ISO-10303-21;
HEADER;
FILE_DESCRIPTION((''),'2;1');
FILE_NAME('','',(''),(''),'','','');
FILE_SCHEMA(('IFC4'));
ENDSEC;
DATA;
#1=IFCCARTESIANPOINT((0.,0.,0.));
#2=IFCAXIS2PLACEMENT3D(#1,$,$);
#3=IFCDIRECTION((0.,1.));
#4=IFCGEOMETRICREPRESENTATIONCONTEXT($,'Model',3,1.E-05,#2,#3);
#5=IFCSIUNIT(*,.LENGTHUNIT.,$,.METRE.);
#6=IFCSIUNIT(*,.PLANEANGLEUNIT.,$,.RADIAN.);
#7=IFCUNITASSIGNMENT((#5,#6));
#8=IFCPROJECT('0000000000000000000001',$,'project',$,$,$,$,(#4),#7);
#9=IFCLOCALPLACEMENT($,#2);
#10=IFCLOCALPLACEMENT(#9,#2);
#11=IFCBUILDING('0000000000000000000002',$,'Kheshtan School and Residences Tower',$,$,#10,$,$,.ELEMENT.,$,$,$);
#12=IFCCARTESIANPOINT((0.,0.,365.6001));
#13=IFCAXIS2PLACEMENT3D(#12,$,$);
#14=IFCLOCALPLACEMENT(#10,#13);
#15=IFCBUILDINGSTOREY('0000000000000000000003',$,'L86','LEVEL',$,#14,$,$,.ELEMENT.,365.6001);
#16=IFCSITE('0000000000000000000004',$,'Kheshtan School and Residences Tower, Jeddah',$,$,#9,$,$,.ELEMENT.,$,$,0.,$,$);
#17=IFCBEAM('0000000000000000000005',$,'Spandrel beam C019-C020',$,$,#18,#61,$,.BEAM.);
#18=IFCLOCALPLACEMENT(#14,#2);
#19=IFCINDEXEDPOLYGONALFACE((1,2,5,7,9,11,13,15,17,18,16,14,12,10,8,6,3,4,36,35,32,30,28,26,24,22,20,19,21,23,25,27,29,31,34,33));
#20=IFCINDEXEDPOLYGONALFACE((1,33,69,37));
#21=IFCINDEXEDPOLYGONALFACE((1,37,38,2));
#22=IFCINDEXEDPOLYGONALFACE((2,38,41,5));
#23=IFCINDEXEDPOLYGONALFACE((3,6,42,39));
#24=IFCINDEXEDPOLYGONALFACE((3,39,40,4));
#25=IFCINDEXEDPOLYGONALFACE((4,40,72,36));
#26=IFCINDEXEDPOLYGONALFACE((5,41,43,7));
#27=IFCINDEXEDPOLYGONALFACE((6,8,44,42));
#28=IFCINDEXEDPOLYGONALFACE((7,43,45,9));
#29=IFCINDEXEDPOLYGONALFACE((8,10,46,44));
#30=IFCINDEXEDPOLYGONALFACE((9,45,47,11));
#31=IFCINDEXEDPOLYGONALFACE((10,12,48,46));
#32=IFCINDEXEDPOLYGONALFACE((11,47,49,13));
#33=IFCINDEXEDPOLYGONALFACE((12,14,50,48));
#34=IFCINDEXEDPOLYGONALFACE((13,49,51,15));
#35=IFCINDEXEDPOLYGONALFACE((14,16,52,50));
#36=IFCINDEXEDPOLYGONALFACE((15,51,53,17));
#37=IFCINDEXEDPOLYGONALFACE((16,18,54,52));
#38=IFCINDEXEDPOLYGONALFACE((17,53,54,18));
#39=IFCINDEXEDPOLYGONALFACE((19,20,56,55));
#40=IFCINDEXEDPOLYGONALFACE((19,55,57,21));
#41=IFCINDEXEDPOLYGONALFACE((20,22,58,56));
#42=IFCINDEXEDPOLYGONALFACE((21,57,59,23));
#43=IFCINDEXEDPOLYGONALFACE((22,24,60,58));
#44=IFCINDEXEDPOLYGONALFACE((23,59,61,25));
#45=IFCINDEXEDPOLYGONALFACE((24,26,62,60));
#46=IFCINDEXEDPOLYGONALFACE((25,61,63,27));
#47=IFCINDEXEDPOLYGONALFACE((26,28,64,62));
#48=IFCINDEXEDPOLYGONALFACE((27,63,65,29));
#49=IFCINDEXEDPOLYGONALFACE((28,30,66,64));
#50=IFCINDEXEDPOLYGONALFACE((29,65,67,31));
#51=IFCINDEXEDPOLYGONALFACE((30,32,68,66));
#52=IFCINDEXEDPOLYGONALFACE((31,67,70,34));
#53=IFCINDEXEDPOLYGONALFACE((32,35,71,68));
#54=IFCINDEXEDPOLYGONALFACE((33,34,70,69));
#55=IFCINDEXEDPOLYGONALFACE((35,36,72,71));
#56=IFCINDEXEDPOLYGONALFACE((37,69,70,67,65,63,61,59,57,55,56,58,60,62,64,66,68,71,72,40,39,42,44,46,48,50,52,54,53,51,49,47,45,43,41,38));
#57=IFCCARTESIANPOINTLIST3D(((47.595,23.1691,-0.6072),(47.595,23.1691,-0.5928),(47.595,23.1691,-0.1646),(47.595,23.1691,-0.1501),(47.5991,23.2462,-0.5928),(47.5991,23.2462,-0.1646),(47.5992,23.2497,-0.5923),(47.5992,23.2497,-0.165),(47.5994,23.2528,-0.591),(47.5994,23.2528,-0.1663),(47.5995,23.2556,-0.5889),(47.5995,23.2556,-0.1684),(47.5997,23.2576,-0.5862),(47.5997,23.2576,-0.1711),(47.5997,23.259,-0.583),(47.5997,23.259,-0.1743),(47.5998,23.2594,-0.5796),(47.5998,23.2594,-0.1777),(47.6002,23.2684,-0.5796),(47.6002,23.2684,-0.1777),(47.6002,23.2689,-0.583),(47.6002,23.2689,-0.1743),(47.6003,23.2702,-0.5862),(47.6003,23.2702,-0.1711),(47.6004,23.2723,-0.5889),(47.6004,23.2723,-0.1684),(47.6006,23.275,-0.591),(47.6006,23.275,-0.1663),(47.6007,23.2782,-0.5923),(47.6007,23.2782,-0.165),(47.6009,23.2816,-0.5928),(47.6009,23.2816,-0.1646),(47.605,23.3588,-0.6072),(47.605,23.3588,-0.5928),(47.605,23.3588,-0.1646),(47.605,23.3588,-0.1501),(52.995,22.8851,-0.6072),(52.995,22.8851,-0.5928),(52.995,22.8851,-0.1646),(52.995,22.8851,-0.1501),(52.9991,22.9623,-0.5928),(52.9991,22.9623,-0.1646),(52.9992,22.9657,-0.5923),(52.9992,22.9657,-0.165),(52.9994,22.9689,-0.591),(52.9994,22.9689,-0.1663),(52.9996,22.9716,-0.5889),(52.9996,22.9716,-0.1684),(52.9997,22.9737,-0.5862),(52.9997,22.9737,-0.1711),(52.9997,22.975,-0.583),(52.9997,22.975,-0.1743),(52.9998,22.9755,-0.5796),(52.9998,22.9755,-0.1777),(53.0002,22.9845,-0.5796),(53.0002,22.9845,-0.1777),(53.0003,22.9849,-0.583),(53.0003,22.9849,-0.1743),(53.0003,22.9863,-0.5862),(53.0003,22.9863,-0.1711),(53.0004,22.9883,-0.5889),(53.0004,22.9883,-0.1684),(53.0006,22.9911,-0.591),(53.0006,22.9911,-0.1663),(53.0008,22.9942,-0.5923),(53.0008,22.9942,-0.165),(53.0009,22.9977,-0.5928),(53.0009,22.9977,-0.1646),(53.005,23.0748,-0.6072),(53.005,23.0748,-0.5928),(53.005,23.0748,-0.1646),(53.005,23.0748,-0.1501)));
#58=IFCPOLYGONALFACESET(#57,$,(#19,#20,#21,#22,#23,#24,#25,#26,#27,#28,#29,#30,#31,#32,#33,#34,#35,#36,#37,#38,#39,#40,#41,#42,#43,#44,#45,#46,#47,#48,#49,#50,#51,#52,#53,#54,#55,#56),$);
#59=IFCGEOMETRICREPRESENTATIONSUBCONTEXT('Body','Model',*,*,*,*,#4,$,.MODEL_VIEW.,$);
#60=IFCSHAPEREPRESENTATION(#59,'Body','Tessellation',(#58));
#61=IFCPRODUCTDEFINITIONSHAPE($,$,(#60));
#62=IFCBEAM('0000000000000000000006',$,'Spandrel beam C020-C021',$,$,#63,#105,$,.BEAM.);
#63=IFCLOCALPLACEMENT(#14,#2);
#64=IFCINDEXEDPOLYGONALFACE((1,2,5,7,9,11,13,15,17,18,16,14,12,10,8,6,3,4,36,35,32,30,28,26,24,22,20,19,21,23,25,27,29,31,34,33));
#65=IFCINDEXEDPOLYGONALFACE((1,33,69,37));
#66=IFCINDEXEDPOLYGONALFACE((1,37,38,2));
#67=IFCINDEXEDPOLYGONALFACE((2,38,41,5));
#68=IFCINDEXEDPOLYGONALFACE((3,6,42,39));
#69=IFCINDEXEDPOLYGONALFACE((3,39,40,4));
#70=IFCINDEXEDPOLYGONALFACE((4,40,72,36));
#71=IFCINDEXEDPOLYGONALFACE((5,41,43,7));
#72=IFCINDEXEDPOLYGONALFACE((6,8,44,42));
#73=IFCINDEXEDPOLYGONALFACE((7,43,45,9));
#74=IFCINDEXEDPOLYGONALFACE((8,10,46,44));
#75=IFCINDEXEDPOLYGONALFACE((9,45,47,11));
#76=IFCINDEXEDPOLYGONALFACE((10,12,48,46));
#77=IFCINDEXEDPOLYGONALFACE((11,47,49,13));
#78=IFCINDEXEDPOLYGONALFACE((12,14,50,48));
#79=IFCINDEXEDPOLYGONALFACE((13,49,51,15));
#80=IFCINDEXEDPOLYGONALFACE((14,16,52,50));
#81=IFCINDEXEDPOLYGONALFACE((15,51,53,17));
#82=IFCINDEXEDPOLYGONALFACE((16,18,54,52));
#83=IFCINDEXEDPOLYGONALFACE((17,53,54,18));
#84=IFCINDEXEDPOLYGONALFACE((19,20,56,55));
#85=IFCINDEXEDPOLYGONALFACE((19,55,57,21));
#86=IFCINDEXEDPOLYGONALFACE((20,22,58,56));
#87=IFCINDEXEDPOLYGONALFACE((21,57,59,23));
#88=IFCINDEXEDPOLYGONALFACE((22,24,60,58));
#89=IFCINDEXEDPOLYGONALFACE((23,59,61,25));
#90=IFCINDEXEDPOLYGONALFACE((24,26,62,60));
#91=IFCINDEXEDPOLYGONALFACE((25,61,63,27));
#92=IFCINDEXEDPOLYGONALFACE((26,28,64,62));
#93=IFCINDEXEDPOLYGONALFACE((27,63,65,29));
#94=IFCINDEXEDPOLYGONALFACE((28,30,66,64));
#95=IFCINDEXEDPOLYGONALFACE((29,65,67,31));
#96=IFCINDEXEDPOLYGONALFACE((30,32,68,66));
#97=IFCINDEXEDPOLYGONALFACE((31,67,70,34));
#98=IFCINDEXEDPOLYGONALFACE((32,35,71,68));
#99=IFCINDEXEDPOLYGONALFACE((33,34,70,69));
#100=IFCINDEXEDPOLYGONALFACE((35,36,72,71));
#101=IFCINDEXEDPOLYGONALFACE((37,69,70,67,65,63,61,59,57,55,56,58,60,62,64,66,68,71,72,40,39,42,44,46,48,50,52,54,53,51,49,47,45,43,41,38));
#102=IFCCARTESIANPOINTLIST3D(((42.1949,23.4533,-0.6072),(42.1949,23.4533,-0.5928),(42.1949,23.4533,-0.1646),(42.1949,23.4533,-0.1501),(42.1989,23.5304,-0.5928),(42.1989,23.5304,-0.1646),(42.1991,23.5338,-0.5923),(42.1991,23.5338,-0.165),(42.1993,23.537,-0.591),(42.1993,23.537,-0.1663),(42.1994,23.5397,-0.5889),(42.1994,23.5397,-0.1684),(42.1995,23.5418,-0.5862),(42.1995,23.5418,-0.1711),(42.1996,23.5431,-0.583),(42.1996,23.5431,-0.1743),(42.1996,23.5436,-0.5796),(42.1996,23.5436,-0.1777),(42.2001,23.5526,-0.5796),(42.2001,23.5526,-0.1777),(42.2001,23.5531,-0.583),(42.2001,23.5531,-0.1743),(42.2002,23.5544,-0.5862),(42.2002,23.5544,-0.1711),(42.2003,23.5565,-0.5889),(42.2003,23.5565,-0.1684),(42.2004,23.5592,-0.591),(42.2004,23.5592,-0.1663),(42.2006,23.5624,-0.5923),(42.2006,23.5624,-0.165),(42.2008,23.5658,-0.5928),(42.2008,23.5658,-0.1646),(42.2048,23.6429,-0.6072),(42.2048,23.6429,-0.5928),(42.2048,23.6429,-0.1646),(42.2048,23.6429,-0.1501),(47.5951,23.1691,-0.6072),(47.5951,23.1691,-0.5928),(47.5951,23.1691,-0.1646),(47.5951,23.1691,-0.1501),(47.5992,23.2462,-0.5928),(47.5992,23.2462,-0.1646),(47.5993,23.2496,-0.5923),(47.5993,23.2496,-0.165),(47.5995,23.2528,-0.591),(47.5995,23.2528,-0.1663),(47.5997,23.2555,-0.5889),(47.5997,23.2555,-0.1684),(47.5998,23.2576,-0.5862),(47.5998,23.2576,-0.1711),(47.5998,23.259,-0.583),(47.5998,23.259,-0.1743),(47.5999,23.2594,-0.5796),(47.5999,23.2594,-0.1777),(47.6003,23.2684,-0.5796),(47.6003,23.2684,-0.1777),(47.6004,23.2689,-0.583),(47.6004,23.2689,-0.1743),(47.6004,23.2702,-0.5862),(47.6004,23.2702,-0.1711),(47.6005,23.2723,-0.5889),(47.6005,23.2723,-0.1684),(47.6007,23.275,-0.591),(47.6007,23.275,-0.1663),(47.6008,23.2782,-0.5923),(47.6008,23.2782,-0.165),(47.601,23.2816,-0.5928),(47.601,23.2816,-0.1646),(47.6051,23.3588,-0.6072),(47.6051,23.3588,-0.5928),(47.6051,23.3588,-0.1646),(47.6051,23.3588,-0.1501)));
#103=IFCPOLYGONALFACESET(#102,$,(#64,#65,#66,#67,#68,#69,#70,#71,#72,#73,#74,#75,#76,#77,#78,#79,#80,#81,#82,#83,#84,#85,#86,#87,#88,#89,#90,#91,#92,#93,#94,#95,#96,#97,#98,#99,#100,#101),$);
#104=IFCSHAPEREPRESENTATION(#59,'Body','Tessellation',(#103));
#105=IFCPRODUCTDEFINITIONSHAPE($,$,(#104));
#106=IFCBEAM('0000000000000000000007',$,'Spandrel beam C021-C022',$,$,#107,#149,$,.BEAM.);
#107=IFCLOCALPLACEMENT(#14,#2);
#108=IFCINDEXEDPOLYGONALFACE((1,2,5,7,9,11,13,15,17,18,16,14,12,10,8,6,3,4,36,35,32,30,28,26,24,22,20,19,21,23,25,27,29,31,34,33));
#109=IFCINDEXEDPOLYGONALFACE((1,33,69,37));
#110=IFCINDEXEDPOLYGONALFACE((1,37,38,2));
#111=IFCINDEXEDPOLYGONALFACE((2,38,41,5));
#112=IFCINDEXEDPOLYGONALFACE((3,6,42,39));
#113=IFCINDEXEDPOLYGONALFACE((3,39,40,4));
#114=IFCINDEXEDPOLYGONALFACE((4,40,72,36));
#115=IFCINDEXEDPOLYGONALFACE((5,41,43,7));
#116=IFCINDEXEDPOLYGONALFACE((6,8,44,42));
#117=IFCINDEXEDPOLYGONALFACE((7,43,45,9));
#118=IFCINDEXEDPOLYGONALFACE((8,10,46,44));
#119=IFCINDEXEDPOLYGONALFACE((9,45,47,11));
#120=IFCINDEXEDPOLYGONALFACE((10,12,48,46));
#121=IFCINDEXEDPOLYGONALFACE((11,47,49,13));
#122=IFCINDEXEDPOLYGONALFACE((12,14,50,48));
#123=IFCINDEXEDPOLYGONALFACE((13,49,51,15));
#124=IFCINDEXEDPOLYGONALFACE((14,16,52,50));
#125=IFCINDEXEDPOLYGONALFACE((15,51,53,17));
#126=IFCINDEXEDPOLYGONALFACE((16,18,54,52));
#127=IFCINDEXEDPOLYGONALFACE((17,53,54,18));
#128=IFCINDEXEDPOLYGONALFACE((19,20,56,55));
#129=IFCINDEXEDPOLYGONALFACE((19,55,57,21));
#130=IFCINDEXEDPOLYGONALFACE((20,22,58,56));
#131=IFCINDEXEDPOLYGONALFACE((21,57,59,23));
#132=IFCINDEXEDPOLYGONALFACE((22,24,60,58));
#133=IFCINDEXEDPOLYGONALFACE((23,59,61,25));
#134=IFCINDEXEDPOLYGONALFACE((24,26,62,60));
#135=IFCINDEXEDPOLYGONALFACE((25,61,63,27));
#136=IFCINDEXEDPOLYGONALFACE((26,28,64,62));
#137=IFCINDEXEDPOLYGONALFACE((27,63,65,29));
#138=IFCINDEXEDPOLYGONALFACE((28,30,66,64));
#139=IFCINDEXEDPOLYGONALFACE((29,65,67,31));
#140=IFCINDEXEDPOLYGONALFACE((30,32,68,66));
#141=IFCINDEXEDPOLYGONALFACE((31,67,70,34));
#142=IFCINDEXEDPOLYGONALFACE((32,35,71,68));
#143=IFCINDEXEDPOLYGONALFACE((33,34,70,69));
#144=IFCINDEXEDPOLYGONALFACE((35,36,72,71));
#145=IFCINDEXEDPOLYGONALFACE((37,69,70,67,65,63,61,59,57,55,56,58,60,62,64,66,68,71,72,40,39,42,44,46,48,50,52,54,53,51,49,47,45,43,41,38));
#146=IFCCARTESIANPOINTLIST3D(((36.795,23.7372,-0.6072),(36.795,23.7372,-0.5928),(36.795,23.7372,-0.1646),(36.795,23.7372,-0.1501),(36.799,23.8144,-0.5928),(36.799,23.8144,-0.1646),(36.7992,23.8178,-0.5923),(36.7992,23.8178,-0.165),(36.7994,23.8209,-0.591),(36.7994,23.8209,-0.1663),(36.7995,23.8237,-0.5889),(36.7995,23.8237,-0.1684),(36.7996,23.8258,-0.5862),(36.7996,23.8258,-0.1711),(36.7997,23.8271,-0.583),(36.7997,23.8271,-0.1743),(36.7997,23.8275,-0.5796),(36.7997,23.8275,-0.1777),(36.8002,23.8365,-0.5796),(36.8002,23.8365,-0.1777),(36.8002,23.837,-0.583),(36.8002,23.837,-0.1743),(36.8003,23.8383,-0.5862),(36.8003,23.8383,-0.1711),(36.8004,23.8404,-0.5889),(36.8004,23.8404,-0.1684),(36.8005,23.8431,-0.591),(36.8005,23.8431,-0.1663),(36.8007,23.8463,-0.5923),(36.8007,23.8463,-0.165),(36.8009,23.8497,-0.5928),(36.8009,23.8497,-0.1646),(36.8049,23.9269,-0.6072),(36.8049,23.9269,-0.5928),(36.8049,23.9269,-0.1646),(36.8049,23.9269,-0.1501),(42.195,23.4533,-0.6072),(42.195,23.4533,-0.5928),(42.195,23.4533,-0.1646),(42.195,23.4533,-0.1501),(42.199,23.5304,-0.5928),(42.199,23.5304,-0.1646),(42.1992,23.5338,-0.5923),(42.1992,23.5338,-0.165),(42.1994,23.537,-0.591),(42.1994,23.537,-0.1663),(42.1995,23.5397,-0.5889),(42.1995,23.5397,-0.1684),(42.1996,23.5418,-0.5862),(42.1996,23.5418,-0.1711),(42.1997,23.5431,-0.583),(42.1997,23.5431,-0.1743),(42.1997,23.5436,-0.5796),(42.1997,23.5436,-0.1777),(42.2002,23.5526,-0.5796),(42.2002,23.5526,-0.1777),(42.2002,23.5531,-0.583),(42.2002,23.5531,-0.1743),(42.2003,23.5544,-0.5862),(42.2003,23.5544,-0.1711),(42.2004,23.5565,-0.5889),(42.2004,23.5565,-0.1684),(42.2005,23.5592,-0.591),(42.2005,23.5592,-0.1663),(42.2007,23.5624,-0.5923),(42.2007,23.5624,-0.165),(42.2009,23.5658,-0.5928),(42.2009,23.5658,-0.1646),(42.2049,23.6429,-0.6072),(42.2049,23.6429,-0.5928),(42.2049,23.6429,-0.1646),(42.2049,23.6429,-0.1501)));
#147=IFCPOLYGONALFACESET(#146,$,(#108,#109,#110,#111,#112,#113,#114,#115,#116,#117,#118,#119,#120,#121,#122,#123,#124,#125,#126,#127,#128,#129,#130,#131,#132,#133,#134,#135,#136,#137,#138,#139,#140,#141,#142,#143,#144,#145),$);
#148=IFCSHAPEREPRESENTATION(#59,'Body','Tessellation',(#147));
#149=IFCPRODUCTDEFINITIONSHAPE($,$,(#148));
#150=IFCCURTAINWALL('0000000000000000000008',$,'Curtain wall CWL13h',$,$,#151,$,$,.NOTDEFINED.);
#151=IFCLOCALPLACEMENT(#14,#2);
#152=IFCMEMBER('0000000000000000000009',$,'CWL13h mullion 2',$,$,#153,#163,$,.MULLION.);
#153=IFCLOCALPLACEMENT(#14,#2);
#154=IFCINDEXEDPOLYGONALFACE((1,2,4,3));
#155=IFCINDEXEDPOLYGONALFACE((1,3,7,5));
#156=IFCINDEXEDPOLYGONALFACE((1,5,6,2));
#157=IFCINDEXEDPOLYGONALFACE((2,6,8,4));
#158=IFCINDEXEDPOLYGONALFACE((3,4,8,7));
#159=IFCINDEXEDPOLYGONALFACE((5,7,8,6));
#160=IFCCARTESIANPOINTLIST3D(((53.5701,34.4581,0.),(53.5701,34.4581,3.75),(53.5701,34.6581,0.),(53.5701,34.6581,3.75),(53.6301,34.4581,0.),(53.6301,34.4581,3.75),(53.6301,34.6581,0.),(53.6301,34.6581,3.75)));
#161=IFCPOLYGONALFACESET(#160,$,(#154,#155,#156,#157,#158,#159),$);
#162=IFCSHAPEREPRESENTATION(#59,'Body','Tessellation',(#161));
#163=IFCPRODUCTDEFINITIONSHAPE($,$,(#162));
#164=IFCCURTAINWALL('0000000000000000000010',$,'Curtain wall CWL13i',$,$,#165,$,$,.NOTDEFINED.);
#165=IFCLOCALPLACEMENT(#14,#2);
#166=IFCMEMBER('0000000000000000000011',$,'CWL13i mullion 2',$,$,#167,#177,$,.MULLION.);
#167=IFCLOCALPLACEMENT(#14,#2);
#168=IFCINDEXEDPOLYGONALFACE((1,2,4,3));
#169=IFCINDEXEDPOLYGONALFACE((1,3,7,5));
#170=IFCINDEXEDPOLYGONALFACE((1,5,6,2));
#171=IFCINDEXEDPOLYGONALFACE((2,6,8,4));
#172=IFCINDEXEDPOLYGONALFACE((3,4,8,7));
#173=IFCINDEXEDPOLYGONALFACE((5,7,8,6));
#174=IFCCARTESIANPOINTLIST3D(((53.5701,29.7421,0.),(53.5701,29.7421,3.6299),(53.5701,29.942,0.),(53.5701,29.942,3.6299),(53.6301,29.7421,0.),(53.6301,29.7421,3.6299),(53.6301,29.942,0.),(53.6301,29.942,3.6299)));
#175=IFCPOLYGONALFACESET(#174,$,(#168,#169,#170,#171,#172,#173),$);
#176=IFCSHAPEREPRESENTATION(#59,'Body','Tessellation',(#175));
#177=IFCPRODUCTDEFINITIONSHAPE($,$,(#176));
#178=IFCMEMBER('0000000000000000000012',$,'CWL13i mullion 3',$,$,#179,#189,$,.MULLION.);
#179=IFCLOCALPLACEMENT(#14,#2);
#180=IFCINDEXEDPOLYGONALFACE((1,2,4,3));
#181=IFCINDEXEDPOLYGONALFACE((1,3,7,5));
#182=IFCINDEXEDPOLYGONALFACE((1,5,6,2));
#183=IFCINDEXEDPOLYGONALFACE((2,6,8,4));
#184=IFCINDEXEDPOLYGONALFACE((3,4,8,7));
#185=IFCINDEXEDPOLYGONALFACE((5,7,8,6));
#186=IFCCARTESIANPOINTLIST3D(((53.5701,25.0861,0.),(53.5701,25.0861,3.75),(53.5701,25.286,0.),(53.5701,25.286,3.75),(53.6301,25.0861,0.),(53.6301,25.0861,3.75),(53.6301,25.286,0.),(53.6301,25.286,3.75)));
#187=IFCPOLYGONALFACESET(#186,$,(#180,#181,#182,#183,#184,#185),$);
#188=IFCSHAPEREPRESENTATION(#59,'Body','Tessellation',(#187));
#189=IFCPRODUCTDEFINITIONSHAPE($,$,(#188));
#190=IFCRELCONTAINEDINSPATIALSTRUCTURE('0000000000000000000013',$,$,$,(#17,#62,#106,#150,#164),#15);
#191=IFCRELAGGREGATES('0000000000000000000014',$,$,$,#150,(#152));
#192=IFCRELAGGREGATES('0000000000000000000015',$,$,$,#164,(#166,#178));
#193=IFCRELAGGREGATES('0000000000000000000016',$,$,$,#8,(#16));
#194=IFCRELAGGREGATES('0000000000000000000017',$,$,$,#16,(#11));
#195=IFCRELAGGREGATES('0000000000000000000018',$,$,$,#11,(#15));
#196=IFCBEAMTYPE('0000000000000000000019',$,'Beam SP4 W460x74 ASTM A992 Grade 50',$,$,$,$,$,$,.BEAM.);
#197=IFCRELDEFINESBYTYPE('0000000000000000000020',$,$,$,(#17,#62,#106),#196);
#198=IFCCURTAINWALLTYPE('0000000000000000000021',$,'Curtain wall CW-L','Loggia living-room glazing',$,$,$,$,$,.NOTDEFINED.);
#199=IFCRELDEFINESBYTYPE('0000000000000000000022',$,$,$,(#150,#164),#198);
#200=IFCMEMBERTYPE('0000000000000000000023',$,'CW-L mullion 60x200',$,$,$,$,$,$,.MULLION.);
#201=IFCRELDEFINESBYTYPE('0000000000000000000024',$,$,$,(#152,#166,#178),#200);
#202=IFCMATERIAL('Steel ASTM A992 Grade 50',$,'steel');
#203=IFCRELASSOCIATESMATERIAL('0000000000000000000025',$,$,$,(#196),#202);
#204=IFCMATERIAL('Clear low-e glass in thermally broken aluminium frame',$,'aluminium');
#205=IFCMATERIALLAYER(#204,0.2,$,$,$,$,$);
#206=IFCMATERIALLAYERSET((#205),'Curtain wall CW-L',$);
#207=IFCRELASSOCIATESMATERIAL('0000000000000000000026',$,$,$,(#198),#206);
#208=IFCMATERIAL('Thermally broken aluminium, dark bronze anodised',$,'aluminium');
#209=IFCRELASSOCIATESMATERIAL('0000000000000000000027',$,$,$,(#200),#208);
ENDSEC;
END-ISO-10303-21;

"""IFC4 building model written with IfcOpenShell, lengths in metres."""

from ifc_helpers import new_model, si_unit, direction, frame, origin, origin_2d, place, context, subcontext, project, spatial, rectangle, i_section, extrude, material, layer, layer_set, material_profile, profile_set, type_object, element, aggregate, save


model = new_model("IFC4")

# Units and contexts
model_context = context("Model", 3, precision=1e-05, world=origin(), true_north=direction((0.0, 1.0)))
body_context = subcontext(model_context, "Body", "Model", "MODEL_VIEW")
ifc_project = project(units=[si_unit("LENGTHUNIT", "METRE"), si_unit("PLANEANGLEUNIT", "RADIAN")], contexts=[model_context])

# Site, building, storey
site_placement = place(None, origin())
site = spatial("IfcSite", under=ifc_project, at=site_placement, Name="Kheshtan School and Residences Tower, Jeddah", CompositionType="ELEMENT", RefElevation=0.0)
building_placement = place(site_placement, origin())
building = spatial("IfcBuilding", under=site, at=building_placement, Name="Kheshtan School and Residences Tower", CompositionType="ELEMENT")
storey_placement = place(building_placement, frame((0.0, 0.0, 365.6001)))
storey = spatial("IfcBuildingStorey", under=building, at=storey_placement, Name="L86", Description="LEVEL", CompositionType="ELEMENT", Elevation=365.6001)

# Shared definitions
ifc_material_1 = material(Name="Steel ASTM A992 Grade 50", Category="steel")

# Beams
ifc_material_profile_1 = material_profile(ifc_material_1, i_section(OverallWidth=0.1899, OverallDepth=0.457, WebThickness=0.009, FlangeThickness=0.0144, FilletRadius=0.0132, at=origin_2d()), Name="W460x74")
ifc_profile_set_1 = profile_set([ifc_material_profile_1], Name="Steel ASTM A992 Grade 50")
beam_type_1 = type_object("IfcBeamType", Name="Beam SP4 W460x74 ASTM A992 Grade 50", PredefinedType="BEAM", material=ifc_profile_set_1)
beam_1_placement = place(storey_placement, frame((53.0, 22.98, -0.3787), z_axis=(-0.99862, 0.052509, 0.0), x_axis=(-0.052509, -0.99862, 0.0)))
element("IfcBeam", 1, at=beam_1_placement, inside=storey, type_object=beam_type_1, Name="Spandrel beam C019-C020", PredefinedType="BEAM", context=body_context, shape_type="SweptSolid", body=[
    extrude(i_section(OverallWidth=0.1899, OverallDepth=0.457, WebThickness=0.009, FlangeThickness=0.0144, FilletRadius=0.0132, at=origin_2d()), origin(), (0.0, 0.0, 1.0), 5.4075),
])
beam_2_placement = place(storey_placement, frame((47.6001, 23.2639, -0.3787), z_axis=(-0.998618, 0.052552, 0.0), x_axis=(-0.052552, -0.998618, 0.0)))
element("IfcBeam", 2, at=beam_2_placement, inside=storey, type_object=beam_type_1, Name="Spandrel beam C020-C021", PredefinedType="BEAM", context=body_context, shape_type="SweptSolid", body=[
    extrude(i_section(OverallWidth=0.1899, OverallDepth=0.457, WebThickness=0.009, FlangeThickness=0.0144, FilletRadius=0.0132, at=origin_2d()), origin(), (0.0, 0.0, 1.0), 5.4077),
])
beam_3_placement = place(storey_placement, frame((42.2, 23.5481, -0.3787), z_axis=(-0.99862, 0.052509, 0.0), x_axis=(-0.052509, -0.99862, 0.0)))
element("IfcBeam", 3, at=beam_3_placement, inside=storey, type_object=beam_type_1, Name="Spandrel beam C021-C022", PredefinedType="BEAM", context=body_context, shape_type="SweptSolid", body=[
    extrude(i_section(OverallWidth=0.1899, OverallDepth=0.457, WebThickness=0.009, FlangeThickness=0.0144, FilletRadius=0.0132, at=origin_2d()), origin(), (0.0, 0.0, 1.0), 5.4075),
])

# Curtain wall, member
ifc_material_2 = material(Name="Clear low-e glass in thermally broken aluminium frame", Category="aluminium")
ifc_layer_1 = layer(ifc_material_2, 0.2)
ifc_layer_set_1 = layer_set([ifc_layer_1], Name="Curtain wall CW-L")
curtain_wall_type = type_object("IfcCurtainWallType", Name="Curtain wall CW-L", Description="Loggia living-room glazing", PredefinedType="NOTDEFINED", material=ifc_layer_set_1)
curtain_wall_1_placement = place(storey_placement, origin())
curtain_wall_1 = element("IfcCurtainWall", 4, at=curtain_wall_1_placement, inside=storey, type_object=curtain_wall_type, Name="Curtain wall CWL13h", PredefinedType="NOTDEFINED")
ifc_material_3 = material(Name="Thermally broken aluminium, dark bronze anodised", Category="aluminium")
ifc_material_profile_2 = material_profile(ifc_material_3, rectangle(XDim=0.0601, YDim=0.2, at=origin_2d()), Name="CW-L mullion 60x200")
ifc_profile_set_2 = profile_set([ifc_material_profile_2], Name="Thermally broken aluminium, dark bronze anodised")
member_type_1 = type_object("IfcMemberType", Name="CW-L mullion 60x200", PredefinedType="MULLION", material=ifc_profile_set_2)
member_1_placement = place(storey_placement, frame((53.6001, 34.5581, 0.0), z_axis=(0.0, 0.0, 1.0), x_axis=(1.0, 0.0, 0.0)))
member_1 = element("IfcMember", 5, at=member_1_placement, type_object=member_type_1, Name="CWL13h mullion 2", PredefinedType="MULLION", context=body_context, shape_type="SweptSolid", body=[
    extrude(rectangle(XDim=0.0601, YDim=0.2, at=origin_2d()), origin(), (0.0, 0.0, 1.0), 3.75),
])

# Curtain wall, members
curtain_wall_2_placement = place(storey_placement, origin())
curtain_wall_2 = element("IfcCurtainWall", 6, at=curtain_wall_2_placement, inside=storey, type_object=curtain_wall_type, Name="Curtain wall CWL13i", PredefinedType="NOTDEFINED")
member_2_placement = place(storey_placement, frame((53.6001, 29.842, 0.0), z_axis=(0.0, 0.0, 1.0), x_axis=(1.0, 0.0, 0.0)))
member_2 = element("IfcMember", 7, at=member_2_placement, type_object=member_type_1, Name="CWL13i mullion 2", PredefinedType="MULLION", context=body_context, shape_type="SweptSolid", body=[
    extrude(rectangle(XDim=0.0601, YDim=0.2, at=origin_2d()), origin(), (0.0, 0.0, 1.0), 3.6299),
])
member_3_placement = place(storey_placement, frame((53.6001, 25.186, 0.0), z_axis=(0.0, 0.0, 1.0), x_axis=(1.0, 0.0, 0.0)))
member_3 = element("IfcMember", 8, at=member_3_placement, type_object=member_type_1, Name="CWL13i mullion 3", PredefinedType="MULLION", context=body_context, shape_type="SweptSolid", body=[
    extrude(rectangle(XDim=0.0601, YDim=0.2, at=origin_2d()), origin(), (0.0, 0.0, 1.0), 3.75),
])

aggregate(curtain_wall_1, [member_1])
aggregate(curtain_wall_2, [member_2, member_3])

save(model, "model.ifc")
